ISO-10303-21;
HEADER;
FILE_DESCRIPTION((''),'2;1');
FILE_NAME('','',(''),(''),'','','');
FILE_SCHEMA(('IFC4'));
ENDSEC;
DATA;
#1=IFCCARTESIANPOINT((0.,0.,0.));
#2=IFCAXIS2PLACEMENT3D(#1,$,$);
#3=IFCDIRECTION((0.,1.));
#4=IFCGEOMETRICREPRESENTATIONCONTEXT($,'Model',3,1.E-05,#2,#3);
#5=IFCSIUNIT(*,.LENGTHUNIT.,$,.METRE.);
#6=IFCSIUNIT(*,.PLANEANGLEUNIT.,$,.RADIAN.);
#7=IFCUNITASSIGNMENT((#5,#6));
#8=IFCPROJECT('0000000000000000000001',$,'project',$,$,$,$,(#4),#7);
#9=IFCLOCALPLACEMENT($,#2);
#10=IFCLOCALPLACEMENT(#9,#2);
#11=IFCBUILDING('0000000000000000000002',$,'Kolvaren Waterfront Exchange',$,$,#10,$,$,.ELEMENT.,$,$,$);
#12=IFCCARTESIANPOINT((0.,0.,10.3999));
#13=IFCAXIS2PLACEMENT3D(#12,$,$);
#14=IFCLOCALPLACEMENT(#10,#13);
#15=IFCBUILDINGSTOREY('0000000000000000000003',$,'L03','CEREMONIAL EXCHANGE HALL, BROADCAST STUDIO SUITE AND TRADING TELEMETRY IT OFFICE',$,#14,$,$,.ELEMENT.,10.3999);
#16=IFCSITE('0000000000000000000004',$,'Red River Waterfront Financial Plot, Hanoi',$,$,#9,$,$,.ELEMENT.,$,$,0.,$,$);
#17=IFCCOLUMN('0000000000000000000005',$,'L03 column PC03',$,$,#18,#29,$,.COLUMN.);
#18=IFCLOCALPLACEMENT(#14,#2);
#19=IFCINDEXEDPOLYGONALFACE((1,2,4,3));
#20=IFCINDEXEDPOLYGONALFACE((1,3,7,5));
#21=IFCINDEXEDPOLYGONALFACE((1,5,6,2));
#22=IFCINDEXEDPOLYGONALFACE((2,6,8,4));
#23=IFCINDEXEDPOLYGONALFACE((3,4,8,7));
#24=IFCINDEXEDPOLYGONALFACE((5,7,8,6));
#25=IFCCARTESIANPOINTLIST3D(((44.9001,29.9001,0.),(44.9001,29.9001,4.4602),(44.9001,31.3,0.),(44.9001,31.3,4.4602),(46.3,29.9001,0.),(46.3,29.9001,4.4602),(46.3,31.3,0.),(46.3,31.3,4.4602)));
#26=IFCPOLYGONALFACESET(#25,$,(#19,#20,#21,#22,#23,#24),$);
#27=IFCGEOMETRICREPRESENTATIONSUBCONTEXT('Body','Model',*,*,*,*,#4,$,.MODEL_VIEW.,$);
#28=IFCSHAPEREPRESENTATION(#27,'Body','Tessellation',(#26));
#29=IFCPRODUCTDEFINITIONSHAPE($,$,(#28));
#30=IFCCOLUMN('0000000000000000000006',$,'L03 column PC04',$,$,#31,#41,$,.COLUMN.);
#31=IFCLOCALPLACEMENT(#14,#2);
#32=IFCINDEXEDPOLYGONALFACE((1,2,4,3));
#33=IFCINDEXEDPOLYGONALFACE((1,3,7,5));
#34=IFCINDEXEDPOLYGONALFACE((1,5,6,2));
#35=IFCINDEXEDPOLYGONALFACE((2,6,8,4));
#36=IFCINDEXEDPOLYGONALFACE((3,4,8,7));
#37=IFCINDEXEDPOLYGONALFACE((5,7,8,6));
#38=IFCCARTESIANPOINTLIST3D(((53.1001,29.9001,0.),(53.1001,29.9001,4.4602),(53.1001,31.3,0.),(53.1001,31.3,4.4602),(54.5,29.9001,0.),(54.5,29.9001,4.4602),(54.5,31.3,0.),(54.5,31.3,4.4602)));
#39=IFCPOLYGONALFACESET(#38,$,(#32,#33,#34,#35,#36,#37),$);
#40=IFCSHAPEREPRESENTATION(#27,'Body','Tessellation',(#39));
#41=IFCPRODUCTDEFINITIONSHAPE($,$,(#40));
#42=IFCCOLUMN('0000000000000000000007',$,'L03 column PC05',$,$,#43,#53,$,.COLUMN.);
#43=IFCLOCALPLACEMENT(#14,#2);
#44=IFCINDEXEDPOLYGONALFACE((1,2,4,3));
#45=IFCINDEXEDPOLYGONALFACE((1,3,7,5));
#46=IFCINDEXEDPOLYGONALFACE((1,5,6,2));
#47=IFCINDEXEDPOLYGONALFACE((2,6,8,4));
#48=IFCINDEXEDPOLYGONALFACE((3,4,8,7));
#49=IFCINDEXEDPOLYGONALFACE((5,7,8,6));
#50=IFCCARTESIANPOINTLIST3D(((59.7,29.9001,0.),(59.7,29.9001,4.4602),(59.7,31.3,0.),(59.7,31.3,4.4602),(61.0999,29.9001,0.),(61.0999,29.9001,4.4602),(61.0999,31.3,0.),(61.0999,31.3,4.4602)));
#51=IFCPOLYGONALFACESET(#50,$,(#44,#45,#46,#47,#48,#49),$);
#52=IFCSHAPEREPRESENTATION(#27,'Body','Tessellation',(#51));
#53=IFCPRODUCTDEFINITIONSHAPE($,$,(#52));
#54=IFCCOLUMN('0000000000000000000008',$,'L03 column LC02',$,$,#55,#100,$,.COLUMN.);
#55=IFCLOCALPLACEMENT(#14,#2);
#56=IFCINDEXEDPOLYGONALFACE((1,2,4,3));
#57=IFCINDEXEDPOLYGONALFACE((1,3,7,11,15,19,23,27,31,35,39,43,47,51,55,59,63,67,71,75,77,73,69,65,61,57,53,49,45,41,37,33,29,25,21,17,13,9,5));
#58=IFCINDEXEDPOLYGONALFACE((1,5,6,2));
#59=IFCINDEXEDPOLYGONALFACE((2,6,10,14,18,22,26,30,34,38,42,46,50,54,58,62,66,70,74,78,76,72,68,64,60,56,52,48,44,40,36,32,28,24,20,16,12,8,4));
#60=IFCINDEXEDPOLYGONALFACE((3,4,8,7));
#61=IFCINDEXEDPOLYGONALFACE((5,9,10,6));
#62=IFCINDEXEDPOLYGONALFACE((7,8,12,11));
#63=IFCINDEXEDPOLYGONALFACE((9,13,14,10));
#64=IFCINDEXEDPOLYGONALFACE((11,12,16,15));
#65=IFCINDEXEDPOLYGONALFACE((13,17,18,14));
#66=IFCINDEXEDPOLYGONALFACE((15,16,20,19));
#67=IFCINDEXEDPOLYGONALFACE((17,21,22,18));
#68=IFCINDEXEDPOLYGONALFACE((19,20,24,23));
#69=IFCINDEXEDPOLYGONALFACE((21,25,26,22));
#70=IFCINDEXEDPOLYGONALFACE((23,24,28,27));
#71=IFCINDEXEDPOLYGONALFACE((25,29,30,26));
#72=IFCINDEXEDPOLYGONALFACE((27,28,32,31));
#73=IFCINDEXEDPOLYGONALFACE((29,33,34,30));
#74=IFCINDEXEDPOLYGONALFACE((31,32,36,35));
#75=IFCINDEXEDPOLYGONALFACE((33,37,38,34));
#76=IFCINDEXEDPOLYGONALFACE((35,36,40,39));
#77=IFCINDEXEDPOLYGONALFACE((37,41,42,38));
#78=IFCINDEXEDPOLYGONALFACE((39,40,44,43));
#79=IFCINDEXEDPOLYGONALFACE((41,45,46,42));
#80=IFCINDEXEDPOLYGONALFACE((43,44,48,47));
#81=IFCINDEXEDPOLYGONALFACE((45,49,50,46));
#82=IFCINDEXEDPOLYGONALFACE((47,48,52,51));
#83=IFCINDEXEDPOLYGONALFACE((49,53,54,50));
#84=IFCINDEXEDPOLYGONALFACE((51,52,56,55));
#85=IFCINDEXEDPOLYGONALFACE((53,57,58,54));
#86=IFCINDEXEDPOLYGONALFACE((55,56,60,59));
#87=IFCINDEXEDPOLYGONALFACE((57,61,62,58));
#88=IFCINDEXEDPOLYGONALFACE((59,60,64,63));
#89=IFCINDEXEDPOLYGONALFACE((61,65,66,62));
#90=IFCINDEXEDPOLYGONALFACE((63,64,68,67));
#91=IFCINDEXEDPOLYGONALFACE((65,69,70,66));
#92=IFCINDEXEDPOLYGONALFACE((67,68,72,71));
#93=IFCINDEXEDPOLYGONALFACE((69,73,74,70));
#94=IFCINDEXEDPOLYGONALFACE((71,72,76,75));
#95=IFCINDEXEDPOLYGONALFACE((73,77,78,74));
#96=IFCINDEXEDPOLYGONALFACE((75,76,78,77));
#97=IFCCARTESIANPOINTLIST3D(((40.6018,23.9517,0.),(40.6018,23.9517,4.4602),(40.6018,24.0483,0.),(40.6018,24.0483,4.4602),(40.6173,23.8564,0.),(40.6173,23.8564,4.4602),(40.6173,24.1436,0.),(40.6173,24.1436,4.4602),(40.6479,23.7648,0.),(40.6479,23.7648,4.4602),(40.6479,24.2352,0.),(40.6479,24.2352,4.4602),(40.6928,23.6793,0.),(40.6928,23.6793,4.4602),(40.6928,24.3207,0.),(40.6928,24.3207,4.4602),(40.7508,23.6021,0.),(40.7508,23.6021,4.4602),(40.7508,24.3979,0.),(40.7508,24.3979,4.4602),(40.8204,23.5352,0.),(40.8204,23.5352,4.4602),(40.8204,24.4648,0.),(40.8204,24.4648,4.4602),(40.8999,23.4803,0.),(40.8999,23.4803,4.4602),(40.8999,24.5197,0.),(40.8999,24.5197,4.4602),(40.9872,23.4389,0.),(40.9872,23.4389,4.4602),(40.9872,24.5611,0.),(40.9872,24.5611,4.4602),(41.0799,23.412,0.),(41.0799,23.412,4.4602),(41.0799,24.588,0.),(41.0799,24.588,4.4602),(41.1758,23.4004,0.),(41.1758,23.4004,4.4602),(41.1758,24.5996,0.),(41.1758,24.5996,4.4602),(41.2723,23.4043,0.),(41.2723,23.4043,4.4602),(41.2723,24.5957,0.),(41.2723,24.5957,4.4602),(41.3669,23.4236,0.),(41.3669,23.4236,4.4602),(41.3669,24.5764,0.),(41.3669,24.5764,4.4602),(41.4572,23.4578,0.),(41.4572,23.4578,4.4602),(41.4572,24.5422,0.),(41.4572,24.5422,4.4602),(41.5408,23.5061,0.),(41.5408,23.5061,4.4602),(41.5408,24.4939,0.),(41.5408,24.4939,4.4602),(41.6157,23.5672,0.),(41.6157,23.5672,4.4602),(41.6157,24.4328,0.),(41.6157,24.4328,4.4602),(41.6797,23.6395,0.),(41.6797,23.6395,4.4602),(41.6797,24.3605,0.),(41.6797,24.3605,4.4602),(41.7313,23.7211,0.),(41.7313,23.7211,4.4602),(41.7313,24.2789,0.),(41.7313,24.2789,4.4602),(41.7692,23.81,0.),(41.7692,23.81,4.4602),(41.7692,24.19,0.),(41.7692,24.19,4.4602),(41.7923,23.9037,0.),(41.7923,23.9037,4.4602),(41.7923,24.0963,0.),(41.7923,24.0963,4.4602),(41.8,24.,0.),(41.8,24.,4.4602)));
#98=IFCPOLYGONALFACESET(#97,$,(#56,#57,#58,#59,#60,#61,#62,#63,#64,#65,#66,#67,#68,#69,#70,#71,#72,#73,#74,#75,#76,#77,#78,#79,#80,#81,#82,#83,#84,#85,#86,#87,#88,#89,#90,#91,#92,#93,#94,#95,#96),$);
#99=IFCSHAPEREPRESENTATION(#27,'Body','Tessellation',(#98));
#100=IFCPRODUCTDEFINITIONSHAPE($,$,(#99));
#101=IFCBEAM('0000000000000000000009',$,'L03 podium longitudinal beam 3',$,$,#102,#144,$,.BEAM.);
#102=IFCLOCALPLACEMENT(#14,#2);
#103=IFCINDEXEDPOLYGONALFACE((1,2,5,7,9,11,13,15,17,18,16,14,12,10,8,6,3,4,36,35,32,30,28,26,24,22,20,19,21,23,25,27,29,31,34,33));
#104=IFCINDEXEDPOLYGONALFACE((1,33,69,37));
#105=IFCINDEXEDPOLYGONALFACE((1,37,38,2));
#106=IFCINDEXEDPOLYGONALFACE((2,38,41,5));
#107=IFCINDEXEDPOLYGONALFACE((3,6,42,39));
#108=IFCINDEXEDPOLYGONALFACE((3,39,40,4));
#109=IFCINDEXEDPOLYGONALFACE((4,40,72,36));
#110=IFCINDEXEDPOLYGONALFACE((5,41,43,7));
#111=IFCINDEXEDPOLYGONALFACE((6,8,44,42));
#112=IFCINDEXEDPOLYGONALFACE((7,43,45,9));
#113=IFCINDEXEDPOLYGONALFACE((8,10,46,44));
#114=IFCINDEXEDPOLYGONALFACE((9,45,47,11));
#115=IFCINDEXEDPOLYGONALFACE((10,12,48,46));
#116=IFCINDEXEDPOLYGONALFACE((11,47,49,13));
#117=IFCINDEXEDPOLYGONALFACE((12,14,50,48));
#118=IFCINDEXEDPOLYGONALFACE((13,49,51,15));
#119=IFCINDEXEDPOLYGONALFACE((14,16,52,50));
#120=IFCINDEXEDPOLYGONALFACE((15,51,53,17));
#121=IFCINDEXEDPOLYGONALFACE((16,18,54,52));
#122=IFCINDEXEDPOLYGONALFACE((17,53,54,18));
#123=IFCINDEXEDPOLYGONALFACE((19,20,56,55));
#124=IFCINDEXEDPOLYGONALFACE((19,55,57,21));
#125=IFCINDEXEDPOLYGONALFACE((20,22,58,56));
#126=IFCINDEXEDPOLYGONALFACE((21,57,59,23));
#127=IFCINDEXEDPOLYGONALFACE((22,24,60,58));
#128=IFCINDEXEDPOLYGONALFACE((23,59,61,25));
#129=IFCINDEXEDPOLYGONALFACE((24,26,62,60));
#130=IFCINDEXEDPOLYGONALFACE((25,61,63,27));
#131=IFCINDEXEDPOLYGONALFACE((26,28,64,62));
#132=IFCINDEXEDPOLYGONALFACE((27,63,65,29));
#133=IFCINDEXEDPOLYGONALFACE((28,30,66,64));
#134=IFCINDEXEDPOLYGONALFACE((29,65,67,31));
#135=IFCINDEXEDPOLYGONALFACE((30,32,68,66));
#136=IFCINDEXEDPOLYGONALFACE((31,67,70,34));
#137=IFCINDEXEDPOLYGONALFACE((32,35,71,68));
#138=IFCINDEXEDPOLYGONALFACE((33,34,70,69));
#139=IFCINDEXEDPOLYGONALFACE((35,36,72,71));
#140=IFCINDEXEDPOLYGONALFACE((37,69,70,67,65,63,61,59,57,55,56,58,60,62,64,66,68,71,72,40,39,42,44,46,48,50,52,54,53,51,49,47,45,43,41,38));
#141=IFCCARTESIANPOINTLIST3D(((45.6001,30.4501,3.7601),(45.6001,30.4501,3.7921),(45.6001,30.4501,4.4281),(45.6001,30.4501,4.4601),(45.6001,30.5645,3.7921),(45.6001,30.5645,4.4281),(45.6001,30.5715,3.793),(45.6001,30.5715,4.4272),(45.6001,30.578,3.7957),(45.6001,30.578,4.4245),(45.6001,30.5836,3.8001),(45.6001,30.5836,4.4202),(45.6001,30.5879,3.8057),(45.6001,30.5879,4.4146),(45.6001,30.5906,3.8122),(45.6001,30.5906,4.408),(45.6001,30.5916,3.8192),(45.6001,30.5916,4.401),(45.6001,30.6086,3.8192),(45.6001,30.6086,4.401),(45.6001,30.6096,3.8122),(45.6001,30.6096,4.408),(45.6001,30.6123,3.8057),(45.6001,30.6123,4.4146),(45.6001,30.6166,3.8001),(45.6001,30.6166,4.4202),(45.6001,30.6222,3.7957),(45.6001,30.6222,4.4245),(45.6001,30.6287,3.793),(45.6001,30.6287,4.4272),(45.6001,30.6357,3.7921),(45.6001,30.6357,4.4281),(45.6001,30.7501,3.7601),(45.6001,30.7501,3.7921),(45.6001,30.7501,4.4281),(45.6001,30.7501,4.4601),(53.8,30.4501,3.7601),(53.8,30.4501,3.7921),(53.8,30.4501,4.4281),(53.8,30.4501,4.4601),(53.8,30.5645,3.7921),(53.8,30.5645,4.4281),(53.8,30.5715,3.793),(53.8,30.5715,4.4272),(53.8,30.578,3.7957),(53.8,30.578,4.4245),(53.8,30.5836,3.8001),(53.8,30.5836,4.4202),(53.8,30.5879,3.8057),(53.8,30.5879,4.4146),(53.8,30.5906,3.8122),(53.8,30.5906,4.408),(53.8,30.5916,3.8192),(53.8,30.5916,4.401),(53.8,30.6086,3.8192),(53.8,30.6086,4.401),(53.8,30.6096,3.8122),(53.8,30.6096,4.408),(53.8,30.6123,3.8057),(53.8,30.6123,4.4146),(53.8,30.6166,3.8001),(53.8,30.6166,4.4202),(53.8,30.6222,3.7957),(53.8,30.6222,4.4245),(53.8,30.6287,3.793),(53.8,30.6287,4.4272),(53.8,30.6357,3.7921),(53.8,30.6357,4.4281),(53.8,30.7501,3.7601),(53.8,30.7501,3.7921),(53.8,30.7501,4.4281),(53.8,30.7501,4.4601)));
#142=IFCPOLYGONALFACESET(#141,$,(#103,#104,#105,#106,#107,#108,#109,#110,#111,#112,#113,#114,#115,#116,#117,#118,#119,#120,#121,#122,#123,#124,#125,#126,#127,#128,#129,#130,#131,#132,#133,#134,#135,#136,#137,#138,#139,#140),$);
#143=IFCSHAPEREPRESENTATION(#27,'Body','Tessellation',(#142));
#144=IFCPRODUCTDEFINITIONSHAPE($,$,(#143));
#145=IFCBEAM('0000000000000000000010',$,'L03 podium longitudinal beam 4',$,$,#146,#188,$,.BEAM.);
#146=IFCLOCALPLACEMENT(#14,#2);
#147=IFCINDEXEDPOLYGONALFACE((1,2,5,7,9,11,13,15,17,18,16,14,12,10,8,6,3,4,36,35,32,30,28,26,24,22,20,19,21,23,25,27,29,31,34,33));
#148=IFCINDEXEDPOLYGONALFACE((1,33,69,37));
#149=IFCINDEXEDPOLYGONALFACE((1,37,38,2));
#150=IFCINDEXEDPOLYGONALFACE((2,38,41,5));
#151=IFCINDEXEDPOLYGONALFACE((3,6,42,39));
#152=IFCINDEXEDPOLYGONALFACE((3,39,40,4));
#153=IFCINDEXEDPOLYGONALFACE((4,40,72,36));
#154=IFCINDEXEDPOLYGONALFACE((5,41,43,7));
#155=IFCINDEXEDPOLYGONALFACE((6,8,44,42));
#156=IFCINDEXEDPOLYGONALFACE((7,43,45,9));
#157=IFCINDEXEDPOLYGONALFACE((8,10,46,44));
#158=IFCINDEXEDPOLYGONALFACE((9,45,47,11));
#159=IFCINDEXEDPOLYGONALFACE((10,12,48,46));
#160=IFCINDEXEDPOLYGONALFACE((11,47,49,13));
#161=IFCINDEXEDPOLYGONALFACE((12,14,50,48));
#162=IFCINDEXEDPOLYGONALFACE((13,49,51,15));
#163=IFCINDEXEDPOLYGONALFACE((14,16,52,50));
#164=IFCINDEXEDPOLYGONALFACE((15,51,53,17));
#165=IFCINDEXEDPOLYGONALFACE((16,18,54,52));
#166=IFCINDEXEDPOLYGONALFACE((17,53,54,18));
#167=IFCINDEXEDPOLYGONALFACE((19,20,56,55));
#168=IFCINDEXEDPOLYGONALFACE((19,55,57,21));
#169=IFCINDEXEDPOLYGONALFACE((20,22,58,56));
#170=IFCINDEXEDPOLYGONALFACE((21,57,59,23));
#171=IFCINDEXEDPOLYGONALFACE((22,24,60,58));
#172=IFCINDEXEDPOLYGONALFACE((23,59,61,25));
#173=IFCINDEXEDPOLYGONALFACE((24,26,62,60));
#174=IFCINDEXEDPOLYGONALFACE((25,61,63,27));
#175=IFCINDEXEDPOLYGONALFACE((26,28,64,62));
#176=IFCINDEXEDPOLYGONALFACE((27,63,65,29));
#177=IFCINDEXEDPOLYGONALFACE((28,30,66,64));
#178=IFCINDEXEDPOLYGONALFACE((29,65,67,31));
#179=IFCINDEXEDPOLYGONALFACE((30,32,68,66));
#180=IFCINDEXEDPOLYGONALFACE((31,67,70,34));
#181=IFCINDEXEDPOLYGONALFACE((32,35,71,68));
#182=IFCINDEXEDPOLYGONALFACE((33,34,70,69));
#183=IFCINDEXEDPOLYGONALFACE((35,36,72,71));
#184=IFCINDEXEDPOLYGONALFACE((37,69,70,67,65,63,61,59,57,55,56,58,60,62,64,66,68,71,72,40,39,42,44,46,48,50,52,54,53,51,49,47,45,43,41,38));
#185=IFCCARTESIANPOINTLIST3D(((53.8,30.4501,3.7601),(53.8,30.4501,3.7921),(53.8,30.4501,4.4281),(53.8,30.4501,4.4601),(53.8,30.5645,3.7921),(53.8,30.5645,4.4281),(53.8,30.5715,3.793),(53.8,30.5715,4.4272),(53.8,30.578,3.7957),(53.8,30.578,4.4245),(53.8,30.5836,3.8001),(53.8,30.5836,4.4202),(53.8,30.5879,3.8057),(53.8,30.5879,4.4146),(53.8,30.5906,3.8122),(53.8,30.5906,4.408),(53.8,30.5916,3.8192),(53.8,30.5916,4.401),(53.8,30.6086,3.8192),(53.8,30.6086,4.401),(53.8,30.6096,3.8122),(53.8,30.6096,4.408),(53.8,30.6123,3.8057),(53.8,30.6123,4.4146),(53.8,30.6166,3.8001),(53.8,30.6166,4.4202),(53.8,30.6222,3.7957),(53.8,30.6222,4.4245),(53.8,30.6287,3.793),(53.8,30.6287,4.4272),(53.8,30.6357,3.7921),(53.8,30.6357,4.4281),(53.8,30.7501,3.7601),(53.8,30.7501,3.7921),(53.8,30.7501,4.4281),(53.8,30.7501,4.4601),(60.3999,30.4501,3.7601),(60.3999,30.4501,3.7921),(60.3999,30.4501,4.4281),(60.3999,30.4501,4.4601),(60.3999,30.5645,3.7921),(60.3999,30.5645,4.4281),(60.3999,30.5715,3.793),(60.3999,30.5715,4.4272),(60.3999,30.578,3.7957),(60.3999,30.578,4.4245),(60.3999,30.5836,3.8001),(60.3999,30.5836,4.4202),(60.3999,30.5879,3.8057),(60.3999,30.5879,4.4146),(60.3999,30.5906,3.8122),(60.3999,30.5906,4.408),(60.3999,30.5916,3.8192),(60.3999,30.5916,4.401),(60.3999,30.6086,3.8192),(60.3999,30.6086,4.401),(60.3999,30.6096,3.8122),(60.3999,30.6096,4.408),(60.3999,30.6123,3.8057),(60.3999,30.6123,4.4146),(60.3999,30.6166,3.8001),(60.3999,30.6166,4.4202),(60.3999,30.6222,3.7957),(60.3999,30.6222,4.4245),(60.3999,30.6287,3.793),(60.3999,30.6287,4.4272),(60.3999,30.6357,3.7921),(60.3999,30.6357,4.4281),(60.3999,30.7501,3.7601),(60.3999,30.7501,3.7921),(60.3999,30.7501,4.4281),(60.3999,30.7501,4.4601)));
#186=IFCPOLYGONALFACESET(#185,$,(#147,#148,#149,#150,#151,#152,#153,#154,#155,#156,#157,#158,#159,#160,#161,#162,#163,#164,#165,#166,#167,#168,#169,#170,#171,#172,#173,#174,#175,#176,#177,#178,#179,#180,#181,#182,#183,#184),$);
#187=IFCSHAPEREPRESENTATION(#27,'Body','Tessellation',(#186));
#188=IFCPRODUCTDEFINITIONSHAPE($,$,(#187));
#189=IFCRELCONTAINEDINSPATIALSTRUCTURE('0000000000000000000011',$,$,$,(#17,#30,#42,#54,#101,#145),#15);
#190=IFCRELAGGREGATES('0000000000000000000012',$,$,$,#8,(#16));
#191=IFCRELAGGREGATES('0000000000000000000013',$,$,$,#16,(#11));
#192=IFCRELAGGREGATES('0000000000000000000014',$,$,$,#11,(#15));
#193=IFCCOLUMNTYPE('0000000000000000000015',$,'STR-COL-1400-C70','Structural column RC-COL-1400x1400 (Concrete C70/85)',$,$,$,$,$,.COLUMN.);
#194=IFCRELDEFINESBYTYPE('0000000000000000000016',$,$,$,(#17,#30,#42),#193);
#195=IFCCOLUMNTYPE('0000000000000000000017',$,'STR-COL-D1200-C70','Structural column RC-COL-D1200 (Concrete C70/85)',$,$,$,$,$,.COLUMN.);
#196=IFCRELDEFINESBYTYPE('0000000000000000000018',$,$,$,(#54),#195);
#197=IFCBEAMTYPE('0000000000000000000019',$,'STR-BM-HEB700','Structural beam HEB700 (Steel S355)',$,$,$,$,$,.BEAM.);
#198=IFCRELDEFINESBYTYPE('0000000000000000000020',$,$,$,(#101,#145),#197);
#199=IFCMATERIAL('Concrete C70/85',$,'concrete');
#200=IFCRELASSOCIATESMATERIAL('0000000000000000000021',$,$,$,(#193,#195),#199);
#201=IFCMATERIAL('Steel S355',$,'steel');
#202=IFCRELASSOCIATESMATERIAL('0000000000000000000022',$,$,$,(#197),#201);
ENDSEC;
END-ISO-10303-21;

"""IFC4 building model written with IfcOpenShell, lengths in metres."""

from ifc_helpers import new_model, si_unit, direction, frame, origin, origin_2d, place, context, subcontext, project, spatial, rectangle, circle, i_section, extrude, material, material_profile, profile_set, type_object, element, save


model = new_model("IFC4")

# Units and contexts
model_context = context("Model", 3, precision=1e-05, world=origin(), true_north=direction((0.0, 1.0)))
body_context = subcontext(model_context, "Body", "Model", "MODEL_VIEW")
ifc_project = project(units=[si_unit("LENGTHUNIT", "METRE"), si_unit("PLANEANGLEUNIT", "RADIAN")], contexts=[model_context])

# Site, building, storey
site_placement = place(None, origin())
site = spatial("IfcSite", under=ifc_project, at=site_placement, Name="Red River Waterfront Financial Plot, Hanoi", CompositionType="ELEMENT", RefElevation=0.0)
building_placement = place(site_placement, origin())
building = spatial("IfcBuilding", under=site, at=building_placement, Name="Kolvaren Waterfront Exchange", CompositionType="ELEMENT")
storey_placement = place(building_placement, frame((0.0, 0.0, 10.3999)))
storey = spatial("IfcBuildingStorey", under=building, at=storey_placement, Name="L03", Description="CEREMONIAL EXCHANGE HALL, BROADCAST STUDIO SUITE AND TRADING TELEMETRY IT OFFICE", CompositionType="ELEMENT", Elevation=10.3999)

# Columns
ifc_material_1 = material(Name="Concrete C70/85", Category="concrete")
ifc_material_profile_1 = material_profile(ifc_material_1, rectangle(XDim=1.3999, YDim=1.3999, at=origin_2d()), Name="RC-COL-1400x1400")
ifc_profile_set_1 = profile_set([ifc_material_profile_1], Name="Concrete C70/85")
column_type_1 = type_object("IfcColumnType", Name="STR-COL-1400-C70", Description="Structural column RC-COL-1400x1400 (Concrete C70/85)", PredefinedType="COLUMN", material=ifc_profile_set_1)
for number, where, z_axis, x_axis, name in (
    (1, (45.6001, 30.6001, 0.0), (0.0, 0.0, 1.0), (1.0, 0.0, 0.0), "L03 column PC03"),
    (2, (53.8, 30.6001, 0.0), (0.0, 0.0, 1.0), (1.0, 0.0, 0.0), "L03 column PC04"),
    (3, (60.3999, 30.6001, 0.0), (0.0, 0.0, 1.0), (1.0, 0.0, 0.0), "L03 column PC05"),
):
    element("IfcColumn", number, at=place(storey_placement, frame(where, z_axis=z_axis, x_axis=x_axis)), inside=storey, type_object=column_type_1, Name=name, PredefinedType="COLUMN", context=body_context, shape_type="SweptSolid", body=[
        extrude(rectangle(XDim=1.3999, YDim=1.3999, at=origin_2d()), origin(), (0.0, 0.0, 1.0), 4.4602),
    ])
ifc_material_profile_2 = material_profile(ifc_material_1, circle(Radius=0.6001, at=origin_2d()), Name="RC-COL-D1200")
ifc_profile_set_2 = profile_set([ifc_material_profile_2], Name="Concrete C70/85")
column_type_2 = type_object("IfcColumnType", Name="STR-COL-D1200-C70", Description="Structural column RC-COL-D1200 (Concrete C70/85)", PredefinedType="COLUMN", material=ifc_profile_set_2)
column_placement = place(storey_placement, frame((41.2, 24.0, 0.0), z_axis=(0.0, 0.0, 1.0), x_axis=(1.0, 0.0, 0.0)))
element("IfcColumn", 4, at=column_placement, inside=storey, type_object=column_type_2, Name="L03 column LC02", PredefinedType="COLUMN", context=body_context, shape_type="SweptSolid", body=[
    extrude(circle(Radius=0.6001, at=origin_2d()), origin(), (0.0, 0.0, 1.0), 4.4602),
])

# Beams
ifc_material_2 = material(Name="Steel S355", Category="steel")
ifc_material_profile_3 = material_profile(ifc_material_2, i_section(OverallWidth=0.3, OverallDepth=0.7, WebThickness=0.0171, FlangeThickness=0.032, FilletRadius=0.0271, at=origin_2d()), Name="HEB700")
ifc_profile_set_3 = profile_set([ifc_material_profile_3], Name="Steel S355")
beam_type_1 = type_object("IfcBeamType", Name="STR-BM-HEB700", Description="Structural beam HEB700 (Steel S355)", PredefinedType="BEAM", material=ifc_profile_set_3)
beam_1_placement = place(storey_placement, frame((45.6001, 30.6001, 4.1101), z_axis=(1.0, 0.0, 0.0), x_axis=(0.0, 1.0, 0.0)))
element("IfcBeam", 5, at=beam_1_placement, inside=storey, type_object=beam_type_1, Name="L03 podium longitudinal beam 3", PredefinedType="BEAM", context=body_context, shape_type="SweptSolid", body=[
    extrude(i_section(OverallWidth=0.3, OverallDepth=0.7, WebThickness=0.0171, FlangeThickness=0.032, FilletRadius=0.0271, at=origin_2d()), origin(), (0.0, 0.0, 1.0), 8.2),
])
beam_2_placement = place(storey_placement, frame((53.8, 30.6001, 4.1101), z_axis=(1.0, 0.0, 0.0), x_axis=(0.0, 1.0, 0.0)))
element("IfcBeam", 6, at=beam_2_placement, inside=storey, type_object=beam_type_1, Name="L03 podium longitudinal beam 4", PredefinedType="BEAM", context=body_context, shape_type="SweptSolid", body=[
    extrude(i_section(OverallWidth=0.3, OverallDepth=0.7, WebThickness=0.0171, FlangeThickness=0.032, FilletRadius=0.0271, at=origin_2d()), origin(), (0.0, 0.0, 1.0), 6.5999),
])

save(model, "model.ifc")
